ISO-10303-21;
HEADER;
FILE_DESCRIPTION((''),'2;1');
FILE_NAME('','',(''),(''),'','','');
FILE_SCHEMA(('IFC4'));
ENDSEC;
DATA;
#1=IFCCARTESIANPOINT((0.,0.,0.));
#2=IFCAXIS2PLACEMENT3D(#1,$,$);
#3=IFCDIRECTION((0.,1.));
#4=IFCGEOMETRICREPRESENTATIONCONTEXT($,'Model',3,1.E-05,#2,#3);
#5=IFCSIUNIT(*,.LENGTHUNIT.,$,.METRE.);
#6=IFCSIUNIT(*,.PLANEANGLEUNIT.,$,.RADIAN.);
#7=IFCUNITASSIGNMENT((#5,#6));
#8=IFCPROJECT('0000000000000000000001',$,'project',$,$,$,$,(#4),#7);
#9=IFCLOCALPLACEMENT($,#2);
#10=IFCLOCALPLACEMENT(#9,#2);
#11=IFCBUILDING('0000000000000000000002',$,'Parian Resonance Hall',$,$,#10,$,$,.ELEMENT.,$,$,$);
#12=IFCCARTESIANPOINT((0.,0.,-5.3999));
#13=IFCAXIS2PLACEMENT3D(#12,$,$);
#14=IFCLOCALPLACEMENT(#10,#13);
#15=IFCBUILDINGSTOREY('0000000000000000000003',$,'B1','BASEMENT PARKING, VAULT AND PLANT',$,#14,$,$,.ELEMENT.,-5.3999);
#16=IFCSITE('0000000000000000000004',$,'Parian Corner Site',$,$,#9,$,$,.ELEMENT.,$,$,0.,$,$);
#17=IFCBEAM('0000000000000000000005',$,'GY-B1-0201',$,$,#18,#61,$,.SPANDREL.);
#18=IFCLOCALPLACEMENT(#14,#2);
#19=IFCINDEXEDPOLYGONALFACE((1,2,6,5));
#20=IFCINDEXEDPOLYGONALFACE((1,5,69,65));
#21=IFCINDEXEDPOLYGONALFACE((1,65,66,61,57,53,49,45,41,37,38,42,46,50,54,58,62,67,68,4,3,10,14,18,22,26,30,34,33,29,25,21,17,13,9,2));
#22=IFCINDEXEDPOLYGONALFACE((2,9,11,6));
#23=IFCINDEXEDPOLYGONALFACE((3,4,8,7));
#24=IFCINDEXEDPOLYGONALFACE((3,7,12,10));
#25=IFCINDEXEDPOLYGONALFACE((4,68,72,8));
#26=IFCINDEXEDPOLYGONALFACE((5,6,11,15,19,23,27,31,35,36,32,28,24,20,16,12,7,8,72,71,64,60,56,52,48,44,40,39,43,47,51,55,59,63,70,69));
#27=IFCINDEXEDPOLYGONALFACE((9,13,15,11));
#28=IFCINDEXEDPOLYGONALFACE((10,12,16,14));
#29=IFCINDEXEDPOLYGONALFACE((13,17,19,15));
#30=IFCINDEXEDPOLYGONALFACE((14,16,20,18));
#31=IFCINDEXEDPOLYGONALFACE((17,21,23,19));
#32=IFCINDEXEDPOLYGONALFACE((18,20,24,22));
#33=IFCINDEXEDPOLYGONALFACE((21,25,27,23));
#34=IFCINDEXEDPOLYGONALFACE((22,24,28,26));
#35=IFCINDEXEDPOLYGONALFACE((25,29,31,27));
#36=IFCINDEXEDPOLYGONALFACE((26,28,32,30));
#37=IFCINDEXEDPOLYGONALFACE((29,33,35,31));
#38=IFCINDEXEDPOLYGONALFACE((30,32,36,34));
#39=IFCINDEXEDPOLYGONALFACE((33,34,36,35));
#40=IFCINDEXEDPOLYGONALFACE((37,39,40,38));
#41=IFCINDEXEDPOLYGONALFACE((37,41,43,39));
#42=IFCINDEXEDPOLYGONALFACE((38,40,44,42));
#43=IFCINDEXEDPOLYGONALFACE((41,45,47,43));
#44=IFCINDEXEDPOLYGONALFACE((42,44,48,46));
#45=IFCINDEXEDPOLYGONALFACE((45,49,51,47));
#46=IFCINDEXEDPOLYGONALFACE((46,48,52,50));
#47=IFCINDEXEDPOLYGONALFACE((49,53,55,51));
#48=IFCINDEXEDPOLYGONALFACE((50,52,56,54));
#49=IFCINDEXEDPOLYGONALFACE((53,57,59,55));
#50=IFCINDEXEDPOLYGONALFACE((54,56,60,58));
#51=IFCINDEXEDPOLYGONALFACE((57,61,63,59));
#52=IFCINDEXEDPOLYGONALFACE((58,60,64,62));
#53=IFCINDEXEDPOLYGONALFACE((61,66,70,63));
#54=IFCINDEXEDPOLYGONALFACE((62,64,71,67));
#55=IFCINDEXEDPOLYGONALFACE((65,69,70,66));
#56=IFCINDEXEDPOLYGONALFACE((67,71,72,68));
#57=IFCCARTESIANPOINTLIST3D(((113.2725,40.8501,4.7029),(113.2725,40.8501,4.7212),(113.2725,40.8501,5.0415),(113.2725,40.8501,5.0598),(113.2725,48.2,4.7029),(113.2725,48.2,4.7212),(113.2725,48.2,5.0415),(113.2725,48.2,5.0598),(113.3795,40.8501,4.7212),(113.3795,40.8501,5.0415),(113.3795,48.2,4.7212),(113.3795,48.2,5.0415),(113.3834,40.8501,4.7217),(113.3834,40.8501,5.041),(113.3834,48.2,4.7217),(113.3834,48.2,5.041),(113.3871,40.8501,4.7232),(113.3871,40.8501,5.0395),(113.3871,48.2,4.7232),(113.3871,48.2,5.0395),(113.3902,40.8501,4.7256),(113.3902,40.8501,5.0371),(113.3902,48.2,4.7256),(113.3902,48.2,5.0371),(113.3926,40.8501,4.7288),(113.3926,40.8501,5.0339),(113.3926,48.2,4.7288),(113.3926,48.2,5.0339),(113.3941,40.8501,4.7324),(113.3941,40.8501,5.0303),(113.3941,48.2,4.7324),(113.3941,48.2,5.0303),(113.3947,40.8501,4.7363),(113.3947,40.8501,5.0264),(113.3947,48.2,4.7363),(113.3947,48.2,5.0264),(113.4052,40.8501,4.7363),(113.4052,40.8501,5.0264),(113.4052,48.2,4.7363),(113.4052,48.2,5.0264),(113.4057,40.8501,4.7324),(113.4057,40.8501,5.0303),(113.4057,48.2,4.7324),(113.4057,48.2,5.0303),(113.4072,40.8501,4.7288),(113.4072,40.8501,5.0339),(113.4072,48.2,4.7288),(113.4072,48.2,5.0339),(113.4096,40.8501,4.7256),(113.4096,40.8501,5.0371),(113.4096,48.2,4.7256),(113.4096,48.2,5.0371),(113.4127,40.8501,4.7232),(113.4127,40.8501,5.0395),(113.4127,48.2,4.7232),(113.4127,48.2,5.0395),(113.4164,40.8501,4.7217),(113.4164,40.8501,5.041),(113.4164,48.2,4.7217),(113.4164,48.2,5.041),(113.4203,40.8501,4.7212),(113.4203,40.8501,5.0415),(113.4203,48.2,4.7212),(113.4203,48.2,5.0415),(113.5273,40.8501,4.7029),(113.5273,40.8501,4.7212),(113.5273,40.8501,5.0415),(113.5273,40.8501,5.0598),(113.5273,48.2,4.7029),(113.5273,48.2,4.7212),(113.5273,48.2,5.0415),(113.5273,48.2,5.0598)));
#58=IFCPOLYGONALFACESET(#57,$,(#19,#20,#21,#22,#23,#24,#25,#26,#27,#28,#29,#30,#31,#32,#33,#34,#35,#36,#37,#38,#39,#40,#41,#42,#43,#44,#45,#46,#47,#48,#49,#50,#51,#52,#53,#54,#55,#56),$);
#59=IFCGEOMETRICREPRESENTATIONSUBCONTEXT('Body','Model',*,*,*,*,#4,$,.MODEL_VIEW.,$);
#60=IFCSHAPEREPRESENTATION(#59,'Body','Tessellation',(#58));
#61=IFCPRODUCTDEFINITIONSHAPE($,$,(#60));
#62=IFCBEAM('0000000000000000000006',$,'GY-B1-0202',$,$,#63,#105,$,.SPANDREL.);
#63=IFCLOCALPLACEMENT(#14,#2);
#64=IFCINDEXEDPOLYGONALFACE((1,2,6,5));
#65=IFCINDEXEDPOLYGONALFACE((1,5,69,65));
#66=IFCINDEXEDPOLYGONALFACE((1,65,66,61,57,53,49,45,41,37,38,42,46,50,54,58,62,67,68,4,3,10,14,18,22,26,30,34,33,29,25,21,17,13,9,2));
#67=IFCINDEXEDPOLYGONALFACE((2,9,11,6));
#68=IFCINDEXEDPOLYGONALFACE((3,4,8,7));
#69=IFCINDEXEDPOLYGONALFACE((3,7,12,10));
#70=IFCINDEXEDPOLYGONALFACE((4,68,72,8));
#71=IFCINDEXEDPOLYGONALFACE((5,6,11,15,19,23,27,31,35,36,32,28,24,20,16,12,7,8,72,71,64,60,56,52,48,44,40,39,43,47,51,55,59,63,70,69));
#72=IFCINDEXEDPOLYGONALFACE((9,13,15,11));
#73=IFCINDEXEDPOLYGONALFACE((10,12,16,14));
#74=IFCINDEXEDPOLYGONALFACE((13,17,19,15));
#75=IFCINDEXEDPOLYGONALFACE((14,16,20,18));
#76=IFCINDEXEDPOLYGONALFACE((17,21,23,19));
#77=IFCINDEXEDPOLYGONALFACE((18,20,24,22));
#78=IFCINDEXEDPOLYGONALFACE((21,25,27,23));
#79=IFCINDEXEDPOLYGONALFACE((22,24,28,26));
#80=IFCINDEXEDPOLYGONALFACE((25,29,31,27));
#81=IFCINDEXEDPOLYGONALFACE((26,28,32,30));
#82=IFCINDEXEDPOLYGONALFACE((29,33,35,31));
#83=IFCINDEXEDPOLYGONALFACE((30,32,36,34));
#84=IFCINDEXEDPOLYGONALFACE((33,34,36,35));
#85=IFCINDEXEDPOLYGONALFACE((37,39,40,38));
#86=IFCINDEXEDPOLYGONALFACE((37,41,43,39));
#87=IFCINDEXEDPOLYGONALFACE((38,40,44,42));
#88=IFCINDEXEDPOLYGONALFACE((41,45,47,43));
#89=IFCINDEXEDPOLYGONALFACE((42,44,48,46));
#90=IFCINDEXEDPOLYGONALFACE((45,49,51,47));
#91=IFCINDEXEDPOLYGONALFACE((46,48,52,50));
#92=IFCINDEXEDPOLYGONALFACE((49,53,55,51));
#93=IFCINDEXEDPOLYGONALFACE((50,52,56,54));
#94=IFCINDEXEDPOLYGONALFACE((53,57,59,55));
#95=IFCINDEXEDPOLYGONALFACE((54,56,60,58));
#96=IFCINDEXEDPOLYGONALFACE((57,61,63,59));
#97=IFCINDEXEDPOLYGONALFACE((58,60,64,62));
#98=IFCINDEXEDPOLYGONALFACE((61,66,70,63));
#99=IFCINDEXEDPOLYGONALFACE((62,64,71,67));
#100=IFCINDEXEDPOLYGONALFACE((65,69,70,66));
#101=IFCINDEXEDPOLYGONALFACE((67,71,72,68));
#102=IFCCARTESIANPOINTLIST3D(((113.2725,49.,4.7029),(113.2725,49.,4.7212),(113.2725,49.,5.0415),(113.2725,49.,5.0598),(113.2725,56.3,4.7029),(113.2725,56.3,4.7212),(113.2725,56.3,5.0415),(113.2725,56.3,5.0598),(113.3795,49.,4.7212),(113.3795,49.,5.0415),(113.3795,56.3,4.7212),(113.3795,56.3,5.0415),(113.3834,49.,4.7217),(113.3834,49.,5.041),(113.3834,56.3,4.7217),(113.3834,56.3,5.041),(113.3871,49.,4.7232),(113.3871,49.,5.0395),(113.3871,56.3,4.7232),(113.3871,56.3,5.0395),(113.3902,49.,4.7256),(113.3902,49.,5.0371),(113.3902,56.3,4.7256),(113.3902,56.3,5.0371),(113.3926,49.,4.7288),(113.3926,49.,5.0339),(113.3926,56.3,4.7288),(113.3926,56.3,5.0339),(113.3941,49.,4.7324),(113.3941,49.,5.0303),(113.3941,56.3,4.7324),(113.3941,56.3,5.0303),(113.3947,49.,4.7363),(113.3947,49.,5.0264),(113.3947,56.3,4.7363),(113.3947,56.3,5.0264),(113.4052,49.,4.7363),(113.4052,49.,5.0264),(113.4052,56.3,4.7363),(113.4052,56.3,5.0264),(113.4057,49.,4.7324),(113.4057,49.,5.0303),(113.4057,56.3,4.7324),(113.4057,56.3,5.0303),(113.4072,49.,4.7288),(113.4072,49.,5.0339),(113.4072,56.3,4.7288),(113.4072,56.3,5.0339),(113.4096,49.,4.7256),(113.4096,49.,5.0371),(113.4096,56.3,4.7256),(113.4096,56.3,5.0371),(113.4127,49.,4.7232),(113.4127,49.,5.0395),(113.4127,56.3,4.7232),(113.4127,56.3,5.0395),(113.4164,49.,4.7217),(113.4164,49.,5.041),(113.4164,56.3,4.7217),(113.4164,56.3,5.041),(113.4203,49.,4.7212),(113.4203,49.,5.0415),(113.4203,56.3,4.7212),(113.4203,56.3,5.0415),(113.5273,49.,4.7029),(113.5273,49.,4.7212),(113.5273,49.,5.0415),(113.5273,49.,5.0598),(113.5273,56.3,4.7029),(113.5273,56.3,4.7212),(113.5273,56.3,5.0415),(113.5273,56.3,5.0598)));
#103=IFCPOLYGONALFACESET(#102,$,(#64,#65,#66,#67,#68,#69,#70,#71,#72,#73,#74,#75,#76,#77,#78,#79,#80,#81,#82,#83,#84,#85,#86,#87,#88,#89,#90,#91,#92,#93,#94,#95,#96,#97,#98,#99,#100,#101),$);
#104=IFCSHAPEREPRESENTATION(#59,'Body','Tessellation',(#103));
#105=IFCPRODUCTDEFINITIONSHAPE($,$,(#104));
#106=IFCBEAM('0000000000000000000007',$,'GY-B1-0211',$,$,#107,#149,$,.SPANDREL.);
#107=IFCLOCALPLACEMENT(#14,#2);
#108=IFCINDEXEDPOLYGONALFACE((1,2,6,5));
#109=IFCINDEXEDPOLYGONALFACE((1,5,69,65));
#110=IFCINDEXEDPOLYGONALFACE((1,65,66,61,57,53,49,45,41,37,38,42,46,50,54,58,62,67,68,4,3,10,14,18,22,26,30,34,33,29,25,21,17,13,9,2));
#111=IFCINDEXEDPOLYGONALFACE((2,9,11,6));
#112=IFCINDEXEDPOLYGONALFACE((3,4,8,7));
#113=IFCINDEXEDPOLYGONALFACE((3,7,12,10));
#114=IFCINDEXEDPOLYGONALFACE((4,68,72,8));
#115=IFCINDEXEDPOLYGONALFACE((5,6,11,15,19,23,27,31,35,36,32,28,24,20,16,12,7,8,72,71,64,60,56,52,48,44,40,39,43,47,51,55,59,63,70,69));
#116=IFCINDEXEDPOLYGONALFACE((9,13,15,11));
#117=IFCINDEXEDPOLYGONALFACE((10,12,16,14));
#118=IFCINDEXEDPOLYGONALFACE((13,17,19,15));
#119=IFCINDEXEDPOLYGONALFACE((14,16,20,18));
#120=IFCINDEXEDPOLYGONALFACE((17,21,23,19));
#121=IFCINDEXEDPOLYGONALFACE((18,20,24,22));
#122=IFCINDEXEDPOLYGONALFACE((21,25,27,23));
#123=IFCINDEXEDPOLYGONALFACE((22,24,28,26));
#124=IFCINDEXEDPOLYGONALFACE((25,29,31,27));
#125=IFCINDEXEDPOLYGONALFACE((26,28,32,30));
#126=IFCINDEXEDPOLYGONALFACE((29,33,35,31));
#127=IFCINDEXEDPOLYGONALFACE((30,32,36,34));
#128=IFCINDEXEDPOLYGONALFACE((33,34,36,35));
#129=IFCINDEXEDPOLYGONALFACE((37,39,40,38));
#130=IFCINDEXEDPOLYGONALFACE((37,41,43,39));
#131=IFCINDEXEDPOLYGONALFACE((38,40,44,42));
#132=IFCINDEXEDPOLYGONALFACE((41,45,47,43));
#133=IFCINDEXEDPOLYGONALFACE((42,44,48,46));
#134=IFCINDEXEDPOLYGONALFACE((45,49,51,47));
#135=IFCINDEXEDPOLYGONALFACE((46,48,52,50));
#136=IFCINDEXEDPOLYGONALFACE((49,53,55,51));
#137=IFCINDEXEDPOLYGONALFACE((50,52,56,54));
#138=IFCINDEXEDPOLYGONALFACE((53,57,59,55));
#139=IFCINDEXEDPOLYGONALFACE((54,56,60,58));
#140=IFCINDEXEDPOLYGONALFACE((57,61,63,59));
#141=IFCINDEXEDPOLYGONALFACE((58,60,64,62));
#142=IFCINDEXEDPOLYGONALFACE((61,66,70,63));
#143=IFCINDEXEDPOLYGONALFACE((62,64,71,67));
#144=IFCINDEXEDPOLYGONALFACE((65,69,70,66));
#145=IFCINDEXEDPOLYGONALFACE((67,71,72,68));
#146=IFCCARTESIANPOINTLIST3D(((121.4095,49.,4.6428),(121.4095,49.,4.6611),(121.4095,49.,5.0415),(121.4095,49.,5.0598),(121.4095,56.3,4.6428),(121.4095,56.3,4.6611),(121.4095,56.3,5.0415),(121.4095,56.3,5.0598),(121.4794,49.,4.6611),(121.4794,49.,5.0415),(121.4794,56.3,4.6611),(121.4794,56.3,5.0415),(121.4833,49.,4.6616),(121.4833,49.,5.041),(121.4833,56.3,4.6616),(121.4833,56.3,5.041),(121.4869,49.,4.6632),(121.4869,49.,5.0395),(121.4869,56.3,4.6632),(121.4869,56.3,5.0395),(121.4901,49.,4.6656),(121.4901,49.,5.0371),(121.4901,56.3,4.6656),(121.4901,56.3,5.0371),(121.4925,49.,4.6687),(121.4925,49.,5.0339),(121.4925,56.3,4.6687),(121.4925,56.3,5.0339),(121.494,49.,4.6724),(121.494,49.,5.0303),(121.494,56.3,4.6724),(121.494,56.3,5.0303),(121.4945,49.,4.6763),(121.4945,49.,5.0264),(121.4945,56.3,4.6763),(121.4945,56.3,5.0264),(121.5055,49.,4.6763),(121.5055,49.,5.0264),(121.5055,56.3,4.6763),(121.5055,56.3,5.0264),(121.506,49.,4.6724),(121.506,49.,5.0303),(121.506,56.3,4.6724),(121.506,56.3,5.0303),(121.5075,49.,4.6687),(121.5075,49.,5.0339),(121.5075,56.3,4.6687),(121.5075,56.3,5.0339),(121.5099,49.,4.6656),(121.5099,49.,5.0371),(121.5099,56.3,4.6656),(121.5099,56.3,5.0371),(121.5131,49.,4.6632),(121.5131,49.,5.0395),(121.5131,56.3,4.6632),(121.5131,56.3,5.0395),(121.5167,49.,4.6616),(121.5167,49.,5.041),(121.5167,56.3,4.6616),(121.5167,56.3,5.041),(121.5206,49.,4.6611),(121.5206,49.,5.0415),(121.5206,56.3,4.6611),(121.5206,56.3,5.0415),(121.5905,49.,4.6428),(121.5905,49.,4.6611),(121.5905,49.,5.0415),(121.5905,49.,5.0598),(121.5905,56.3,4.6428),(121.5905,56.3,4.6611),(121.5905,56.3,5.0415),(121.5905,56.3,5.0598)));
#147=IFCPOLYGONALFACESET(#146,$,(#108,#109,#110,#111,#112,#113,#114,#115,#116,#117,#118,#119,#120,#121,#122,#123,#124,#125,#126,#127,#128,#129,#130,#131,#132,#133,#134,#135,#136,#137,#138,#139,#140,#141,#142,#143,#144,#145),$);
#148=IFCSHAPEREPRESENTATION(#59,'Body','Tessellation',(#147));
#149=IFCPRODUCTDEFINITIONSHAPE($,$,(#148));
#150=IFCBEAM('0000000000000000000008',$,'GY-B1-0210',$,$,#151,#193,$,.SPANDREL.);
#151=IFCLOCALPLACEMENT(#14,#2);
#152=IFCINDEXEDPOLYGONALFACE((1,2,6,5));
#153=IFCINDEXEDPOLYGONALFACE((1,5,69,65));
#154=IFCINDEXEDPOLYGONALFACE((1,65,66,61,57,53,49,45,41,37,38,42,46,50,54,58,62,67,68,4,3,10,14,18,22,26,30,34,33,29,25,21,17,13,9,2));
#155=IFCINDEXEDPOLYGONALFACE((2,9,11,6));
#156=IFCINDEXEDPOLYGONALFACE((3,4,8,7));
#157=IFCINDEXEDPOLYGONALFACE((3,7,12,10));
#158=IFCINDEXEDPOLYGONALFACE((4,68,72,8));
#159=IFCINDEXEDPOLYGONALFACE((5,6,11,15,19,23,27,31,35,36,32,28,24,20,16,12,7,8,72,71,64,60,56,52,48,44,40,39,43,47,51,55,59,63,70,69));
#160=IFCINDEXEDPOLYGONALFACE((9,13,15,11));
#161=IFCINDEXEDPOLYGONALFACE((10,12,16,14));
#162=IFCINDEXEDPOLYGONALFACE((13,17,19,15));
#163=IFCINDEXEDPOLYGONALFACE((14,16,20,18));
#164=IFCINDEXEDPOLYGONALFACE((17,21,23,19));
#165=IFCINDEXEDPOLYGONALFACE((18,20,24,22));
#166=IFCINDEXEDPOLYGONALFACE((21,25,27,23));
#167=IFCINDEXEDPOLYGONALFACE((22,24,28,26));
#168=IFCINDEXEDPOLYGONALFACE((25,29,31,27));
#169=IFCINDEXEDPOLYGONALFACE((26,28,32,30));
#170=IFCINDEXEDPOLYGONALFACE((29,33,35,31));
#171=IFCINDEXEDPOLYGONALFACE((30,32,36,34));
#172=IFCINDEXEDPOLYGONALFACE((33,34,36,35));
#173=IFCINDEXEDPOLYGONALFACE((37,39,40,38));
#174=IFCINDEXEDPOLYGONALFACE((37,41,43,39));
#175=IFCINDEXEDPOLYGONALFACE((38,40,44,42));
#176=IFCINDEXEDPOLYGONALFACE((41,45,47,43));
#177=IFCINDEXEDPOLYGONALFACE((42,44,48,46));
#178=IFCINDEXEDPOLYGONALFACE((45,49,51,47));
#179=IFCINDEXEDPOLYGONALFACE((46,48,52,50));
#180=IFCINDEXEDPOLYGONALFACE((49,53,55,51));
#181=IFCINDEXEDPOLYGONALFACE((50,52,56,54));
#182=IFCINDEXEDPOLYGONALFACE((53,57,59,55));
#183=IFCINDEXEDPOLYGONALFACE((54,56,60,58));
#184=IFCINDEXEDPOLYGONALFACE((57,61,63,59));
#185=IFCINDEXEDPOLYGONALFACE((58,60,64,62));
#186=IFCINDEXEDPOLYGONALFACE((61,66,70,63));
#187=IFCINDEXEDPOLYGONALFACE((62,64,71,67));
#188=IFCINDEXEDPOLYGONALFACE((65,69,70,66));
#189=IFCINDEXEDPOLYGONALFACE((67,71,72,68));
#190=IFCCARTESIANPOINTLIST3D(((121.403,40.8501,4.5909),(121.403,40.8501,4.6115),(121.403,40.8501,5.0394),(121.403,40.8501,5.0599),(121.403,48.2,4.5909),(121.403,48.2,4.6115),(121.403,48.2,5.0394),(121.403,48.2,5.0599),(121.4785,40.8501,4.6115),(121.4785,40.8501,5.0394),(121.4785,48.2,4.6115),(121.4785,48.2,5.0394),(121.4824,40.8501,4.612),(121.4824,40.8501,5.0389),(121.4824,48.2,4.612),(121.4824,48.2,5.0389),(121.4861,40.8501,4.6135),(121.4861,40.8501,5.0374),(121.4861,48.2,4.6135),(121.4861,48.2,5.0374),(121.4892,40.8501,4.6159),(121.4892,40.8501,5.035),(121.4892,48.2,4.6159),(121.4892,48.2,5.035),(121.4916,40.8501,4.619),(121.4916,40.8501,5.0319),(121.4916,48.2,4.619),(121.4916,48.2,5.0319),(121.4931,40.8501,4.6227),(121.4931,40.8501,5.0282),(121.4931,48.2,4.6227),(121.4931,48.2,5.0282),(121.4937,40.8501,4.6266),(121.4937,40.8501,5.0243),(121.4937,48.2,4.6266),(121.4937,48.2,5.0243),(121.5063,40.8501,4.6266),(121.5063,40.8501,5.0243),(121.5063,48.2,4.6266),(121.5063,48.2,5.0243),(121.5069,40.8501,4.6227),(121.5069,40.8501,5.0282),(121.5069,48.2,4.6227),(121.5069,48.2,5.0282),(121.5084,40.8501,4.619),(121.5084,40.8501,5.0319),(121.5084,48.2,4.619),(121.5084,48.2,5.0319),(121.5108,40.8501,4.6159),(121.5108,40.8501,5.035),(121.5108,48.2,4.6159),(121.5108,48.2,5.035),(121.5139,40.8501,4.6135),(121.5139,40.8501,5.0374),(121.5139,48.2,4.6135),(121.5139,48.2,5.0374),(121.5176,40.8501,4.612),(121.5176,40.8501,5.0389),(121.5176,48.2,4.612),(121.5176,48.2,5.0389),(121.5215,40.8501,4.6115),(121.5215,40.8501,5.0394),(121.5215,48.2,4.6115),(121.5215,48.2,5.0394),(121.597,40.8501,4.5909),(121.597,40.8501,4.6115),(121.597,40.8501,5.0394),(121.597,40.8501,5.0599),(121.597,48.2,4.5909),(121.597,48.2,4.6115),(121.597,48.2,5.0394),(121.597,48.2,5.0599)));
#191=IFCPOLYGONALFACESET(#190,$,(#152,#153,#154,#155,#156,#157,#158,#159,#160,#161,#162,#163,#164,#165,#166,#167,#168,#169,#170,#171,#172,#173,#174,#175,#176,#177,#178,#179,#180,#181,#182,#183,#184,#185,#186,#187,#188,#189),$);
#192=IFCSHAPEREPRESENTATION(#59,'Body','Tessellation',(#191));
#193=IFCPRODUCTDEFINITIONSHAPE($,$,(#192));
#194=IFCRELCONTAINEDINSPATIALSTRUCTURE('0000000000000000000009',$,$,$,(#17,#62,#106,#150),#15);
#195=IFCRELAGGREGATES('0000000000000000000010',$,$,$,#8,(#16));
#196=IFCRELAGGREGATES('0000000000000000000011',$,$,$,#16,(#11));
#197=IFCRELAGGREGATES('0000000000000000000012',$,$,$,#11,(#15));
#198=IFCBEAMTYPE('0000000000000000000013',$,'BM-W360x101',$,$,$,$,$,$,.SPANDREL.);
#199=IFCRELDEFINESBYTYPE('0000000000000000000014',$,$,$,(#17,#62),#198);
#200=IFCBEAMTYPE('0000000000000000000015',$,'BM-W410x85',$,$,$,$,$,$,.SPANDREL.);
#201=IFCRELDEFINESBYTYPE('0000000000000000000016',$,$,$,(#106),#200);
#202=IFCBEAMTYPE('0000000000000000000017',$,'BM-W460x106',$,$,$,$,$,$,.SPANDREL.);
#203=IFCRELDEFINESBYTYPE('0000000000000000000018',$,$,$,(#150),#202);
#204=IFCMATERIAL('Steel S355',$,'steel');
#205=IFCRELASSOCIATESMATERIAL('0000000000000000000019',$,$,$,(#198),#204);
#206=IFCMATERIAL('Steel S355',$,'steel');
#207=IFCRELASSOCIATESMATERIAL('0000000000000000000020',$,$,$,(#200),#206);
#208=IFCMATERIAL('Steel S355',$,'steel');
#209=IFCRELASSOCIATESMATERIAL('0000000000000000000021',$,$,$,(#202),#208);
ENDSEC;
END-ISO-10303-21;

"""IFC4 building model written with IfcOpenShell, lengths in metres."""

from ifc_helpers import new_model, si_unit, direction, frame, origin, origin_2d, place, context, subcontext, project, spatial, i_section, extrude, material, material_profile, profile_set, type_object, element, save


model = new_model("IFC4")

# Units and contexts
model_context = context("Model", 3, precision=1e-05, world=origin(), true_north=direction((0.0, 1.0)))
body_context = subcontext(model_context, "Body", "Model", "MODEL_VIEW")
ifc_project = project(units=[si_unit("LENGTHUNIT", "METRE"), si_unit("PLANEANGLEUNIT", "RADIAN")], contexts=[model_context])

# Site, building, storey
site_placement = place(None, origin())
site = spatial("IfcSite", under=ifc_project, at=site_placement, Name="Parian Corner Site", CompositionType="ELEMENT", RefElevation=0.0)
building_placement = place(site_placement, origin())
building = spatial("IfcBuilding", under=site, at=building_placement, Name="Parian Resonance Hall", CompositionType="ELEMENT")
storey_placement = place(building_placement, frame((0.0, 0.0, -5.3999)))
storey = spatial("IfcBuildingStorey", under=building, at=storey_placement, Name="B1", Description="BASEMENT PARKING, VAULT AND PLANT", CompositionType="ELEMENT", Elevation=-5.3999)

# Beams
ifc_material_1 = material(Name="Steel S355", Category="steel")
ifc_material_profile_1 = material_profile(ifc_material_1, i_section(OverallWidth=0.2549, OverallDepth=0.3569, WebThickness=0.0105, FlangeThickness=0.0183, FilletRadius=0.0151, at=origin_2d()), Name="W360x101")
ifc_profile_set_1 = profile_set([ifc_material_profile_1], Name="Steel S355")
beam_type_1 = type_object("IfcBeamType", Name="BM-W360x101", PredefinedType="SPANDREL", material=ifc_profile_set_1)
beam_1_placement = place(storey_placement, frame((113.3999, 40.8501, 4.8813), z_axis=(0.0, 1.0, 0.0), x_axis=(-1.0, 0.0, 0.0)))
element("IfcBeam", 1, at=beam_1_placement, inside=storey, type_object=beam_type_1, Name="GY-B1-0201", PredefinedType="SPANDREL", context=body_context, shape_type="SweptSolid", body=[
    extrude(i_section(OverallWidth=0.2549, OverallDepth=0.3569, WebThickness=0.0105, FlangeThickness=0.0183, FilletRadius=0.0151, at=origin_2d()), origin(), (0.0, 0.0, 1.0), 7.3499),
])
beam_2_placement = place(storey_placement, frame((113.3999, 49.0, 4.8813), z_axis=(0.0, 1.0, 0.0), x_axis=(-1.0, 0.0, 0.0)))
element("IfcBeam", 2, at=beam_2_placement, inside=storey, type_object=beam_type_1, Name="GY-B1-0202", PredefinedType="SPANDREL", context=body_context, shape_type="SweptSolid", body=[
    extrude(i_section(OverallWidth=0.2549, OverallDepth=0.3569, WebThickness=0.0105, FlangeThickness=0.0183, FilletRadius=0.0151, at=origin_2d()), origin(), (0.0, 0.0, 1.0), 7.3),
])
ifc_material_2 = material(Name="Steel S355", Category="steel")
ifc_material_profile_2 = material_profile(ifc_material_2, i_section(OverallWidth=0.1809, OverallDepth=0.417, WebThickness=0.011, FlangeThickness=0.0183, FilletRadius=0.0151, at=origin_2d()), Name="W410x85")
ifc_profile_set_2 = profile_set([ifc_material_profile_2], Name="Steel S355")
beam_type_2 = type_object("IfcBeamType", Name="BM-W410x85", PredefinedType="SPANDREL", material=ifc_profile_set_2)
beam_3_placement = place(storey_placement, frame((121.5, 49.0, 4.8513), z_axis=(0.0, 1.0, 0.0), x_axis=(-1.0, 0.0, 0.0)))
element("IfcBeam", 3, at=beam_3_placement, inside=storey, type_object=beam_type_2, Name="GY-B1-0211", PredefinedType="SPANDREL", context=body_context, shape_type="SweptSolid", body=[
    extrude(i_section(OverallWidth=0.1809, OverallDepth=0.417, WebThickness=0.011, FlangeThickness=0.0183, FilletRadius=0.0151, at=origin_2d()), origin(), (0.0, 0.0, 1.0), 7.3),
])
ifc_material_3 = material(Name="Steel S355", Category="steel")
ifc_material_profile_3 = material_profile(ifc_material_3, i_section(OverallWidth=0.1941, OverallDepth=0.469, WebThickness=0.0127, FlangeThickness=0.0205, FilletRadius=0.0151, at=origin_2d()), Name="W460x106")
ifc_profile_set_3 = profile_set([ifc_material_profile_3], Name="Steel S355")
beam_type_3 = type_object("IfcBeamType", Name="BM-W460x106", PredefinedType="SPANDREL", material=ifc_profile_set_3)
beam_4_placement = place(storey_placement, frame((121.5, 40.8501, 4.8254), z_axis=(0.0, 1.0, 0.0), x_axis=(-1.0, 0.0, 0.0)))
element("IfcBeam", 4, at=beam_4_placement, inside=storey, type_object=beam_type_3, Name="GY-B1-0210", PredefinedType="SPANDREL", context=body_context, shape_type="SweptSolid", body=[
    extrude(i_section(OverallWidth=0.1941, OverallDepth=0.469, WebThickness=0.0127, FlangeThickness=0.0205, FilletRadius=0.0151, at=origin_2d()), origin(), (0.0, 0.0, 1.0), 7.3499),
])

save(model, "model.ifc")
